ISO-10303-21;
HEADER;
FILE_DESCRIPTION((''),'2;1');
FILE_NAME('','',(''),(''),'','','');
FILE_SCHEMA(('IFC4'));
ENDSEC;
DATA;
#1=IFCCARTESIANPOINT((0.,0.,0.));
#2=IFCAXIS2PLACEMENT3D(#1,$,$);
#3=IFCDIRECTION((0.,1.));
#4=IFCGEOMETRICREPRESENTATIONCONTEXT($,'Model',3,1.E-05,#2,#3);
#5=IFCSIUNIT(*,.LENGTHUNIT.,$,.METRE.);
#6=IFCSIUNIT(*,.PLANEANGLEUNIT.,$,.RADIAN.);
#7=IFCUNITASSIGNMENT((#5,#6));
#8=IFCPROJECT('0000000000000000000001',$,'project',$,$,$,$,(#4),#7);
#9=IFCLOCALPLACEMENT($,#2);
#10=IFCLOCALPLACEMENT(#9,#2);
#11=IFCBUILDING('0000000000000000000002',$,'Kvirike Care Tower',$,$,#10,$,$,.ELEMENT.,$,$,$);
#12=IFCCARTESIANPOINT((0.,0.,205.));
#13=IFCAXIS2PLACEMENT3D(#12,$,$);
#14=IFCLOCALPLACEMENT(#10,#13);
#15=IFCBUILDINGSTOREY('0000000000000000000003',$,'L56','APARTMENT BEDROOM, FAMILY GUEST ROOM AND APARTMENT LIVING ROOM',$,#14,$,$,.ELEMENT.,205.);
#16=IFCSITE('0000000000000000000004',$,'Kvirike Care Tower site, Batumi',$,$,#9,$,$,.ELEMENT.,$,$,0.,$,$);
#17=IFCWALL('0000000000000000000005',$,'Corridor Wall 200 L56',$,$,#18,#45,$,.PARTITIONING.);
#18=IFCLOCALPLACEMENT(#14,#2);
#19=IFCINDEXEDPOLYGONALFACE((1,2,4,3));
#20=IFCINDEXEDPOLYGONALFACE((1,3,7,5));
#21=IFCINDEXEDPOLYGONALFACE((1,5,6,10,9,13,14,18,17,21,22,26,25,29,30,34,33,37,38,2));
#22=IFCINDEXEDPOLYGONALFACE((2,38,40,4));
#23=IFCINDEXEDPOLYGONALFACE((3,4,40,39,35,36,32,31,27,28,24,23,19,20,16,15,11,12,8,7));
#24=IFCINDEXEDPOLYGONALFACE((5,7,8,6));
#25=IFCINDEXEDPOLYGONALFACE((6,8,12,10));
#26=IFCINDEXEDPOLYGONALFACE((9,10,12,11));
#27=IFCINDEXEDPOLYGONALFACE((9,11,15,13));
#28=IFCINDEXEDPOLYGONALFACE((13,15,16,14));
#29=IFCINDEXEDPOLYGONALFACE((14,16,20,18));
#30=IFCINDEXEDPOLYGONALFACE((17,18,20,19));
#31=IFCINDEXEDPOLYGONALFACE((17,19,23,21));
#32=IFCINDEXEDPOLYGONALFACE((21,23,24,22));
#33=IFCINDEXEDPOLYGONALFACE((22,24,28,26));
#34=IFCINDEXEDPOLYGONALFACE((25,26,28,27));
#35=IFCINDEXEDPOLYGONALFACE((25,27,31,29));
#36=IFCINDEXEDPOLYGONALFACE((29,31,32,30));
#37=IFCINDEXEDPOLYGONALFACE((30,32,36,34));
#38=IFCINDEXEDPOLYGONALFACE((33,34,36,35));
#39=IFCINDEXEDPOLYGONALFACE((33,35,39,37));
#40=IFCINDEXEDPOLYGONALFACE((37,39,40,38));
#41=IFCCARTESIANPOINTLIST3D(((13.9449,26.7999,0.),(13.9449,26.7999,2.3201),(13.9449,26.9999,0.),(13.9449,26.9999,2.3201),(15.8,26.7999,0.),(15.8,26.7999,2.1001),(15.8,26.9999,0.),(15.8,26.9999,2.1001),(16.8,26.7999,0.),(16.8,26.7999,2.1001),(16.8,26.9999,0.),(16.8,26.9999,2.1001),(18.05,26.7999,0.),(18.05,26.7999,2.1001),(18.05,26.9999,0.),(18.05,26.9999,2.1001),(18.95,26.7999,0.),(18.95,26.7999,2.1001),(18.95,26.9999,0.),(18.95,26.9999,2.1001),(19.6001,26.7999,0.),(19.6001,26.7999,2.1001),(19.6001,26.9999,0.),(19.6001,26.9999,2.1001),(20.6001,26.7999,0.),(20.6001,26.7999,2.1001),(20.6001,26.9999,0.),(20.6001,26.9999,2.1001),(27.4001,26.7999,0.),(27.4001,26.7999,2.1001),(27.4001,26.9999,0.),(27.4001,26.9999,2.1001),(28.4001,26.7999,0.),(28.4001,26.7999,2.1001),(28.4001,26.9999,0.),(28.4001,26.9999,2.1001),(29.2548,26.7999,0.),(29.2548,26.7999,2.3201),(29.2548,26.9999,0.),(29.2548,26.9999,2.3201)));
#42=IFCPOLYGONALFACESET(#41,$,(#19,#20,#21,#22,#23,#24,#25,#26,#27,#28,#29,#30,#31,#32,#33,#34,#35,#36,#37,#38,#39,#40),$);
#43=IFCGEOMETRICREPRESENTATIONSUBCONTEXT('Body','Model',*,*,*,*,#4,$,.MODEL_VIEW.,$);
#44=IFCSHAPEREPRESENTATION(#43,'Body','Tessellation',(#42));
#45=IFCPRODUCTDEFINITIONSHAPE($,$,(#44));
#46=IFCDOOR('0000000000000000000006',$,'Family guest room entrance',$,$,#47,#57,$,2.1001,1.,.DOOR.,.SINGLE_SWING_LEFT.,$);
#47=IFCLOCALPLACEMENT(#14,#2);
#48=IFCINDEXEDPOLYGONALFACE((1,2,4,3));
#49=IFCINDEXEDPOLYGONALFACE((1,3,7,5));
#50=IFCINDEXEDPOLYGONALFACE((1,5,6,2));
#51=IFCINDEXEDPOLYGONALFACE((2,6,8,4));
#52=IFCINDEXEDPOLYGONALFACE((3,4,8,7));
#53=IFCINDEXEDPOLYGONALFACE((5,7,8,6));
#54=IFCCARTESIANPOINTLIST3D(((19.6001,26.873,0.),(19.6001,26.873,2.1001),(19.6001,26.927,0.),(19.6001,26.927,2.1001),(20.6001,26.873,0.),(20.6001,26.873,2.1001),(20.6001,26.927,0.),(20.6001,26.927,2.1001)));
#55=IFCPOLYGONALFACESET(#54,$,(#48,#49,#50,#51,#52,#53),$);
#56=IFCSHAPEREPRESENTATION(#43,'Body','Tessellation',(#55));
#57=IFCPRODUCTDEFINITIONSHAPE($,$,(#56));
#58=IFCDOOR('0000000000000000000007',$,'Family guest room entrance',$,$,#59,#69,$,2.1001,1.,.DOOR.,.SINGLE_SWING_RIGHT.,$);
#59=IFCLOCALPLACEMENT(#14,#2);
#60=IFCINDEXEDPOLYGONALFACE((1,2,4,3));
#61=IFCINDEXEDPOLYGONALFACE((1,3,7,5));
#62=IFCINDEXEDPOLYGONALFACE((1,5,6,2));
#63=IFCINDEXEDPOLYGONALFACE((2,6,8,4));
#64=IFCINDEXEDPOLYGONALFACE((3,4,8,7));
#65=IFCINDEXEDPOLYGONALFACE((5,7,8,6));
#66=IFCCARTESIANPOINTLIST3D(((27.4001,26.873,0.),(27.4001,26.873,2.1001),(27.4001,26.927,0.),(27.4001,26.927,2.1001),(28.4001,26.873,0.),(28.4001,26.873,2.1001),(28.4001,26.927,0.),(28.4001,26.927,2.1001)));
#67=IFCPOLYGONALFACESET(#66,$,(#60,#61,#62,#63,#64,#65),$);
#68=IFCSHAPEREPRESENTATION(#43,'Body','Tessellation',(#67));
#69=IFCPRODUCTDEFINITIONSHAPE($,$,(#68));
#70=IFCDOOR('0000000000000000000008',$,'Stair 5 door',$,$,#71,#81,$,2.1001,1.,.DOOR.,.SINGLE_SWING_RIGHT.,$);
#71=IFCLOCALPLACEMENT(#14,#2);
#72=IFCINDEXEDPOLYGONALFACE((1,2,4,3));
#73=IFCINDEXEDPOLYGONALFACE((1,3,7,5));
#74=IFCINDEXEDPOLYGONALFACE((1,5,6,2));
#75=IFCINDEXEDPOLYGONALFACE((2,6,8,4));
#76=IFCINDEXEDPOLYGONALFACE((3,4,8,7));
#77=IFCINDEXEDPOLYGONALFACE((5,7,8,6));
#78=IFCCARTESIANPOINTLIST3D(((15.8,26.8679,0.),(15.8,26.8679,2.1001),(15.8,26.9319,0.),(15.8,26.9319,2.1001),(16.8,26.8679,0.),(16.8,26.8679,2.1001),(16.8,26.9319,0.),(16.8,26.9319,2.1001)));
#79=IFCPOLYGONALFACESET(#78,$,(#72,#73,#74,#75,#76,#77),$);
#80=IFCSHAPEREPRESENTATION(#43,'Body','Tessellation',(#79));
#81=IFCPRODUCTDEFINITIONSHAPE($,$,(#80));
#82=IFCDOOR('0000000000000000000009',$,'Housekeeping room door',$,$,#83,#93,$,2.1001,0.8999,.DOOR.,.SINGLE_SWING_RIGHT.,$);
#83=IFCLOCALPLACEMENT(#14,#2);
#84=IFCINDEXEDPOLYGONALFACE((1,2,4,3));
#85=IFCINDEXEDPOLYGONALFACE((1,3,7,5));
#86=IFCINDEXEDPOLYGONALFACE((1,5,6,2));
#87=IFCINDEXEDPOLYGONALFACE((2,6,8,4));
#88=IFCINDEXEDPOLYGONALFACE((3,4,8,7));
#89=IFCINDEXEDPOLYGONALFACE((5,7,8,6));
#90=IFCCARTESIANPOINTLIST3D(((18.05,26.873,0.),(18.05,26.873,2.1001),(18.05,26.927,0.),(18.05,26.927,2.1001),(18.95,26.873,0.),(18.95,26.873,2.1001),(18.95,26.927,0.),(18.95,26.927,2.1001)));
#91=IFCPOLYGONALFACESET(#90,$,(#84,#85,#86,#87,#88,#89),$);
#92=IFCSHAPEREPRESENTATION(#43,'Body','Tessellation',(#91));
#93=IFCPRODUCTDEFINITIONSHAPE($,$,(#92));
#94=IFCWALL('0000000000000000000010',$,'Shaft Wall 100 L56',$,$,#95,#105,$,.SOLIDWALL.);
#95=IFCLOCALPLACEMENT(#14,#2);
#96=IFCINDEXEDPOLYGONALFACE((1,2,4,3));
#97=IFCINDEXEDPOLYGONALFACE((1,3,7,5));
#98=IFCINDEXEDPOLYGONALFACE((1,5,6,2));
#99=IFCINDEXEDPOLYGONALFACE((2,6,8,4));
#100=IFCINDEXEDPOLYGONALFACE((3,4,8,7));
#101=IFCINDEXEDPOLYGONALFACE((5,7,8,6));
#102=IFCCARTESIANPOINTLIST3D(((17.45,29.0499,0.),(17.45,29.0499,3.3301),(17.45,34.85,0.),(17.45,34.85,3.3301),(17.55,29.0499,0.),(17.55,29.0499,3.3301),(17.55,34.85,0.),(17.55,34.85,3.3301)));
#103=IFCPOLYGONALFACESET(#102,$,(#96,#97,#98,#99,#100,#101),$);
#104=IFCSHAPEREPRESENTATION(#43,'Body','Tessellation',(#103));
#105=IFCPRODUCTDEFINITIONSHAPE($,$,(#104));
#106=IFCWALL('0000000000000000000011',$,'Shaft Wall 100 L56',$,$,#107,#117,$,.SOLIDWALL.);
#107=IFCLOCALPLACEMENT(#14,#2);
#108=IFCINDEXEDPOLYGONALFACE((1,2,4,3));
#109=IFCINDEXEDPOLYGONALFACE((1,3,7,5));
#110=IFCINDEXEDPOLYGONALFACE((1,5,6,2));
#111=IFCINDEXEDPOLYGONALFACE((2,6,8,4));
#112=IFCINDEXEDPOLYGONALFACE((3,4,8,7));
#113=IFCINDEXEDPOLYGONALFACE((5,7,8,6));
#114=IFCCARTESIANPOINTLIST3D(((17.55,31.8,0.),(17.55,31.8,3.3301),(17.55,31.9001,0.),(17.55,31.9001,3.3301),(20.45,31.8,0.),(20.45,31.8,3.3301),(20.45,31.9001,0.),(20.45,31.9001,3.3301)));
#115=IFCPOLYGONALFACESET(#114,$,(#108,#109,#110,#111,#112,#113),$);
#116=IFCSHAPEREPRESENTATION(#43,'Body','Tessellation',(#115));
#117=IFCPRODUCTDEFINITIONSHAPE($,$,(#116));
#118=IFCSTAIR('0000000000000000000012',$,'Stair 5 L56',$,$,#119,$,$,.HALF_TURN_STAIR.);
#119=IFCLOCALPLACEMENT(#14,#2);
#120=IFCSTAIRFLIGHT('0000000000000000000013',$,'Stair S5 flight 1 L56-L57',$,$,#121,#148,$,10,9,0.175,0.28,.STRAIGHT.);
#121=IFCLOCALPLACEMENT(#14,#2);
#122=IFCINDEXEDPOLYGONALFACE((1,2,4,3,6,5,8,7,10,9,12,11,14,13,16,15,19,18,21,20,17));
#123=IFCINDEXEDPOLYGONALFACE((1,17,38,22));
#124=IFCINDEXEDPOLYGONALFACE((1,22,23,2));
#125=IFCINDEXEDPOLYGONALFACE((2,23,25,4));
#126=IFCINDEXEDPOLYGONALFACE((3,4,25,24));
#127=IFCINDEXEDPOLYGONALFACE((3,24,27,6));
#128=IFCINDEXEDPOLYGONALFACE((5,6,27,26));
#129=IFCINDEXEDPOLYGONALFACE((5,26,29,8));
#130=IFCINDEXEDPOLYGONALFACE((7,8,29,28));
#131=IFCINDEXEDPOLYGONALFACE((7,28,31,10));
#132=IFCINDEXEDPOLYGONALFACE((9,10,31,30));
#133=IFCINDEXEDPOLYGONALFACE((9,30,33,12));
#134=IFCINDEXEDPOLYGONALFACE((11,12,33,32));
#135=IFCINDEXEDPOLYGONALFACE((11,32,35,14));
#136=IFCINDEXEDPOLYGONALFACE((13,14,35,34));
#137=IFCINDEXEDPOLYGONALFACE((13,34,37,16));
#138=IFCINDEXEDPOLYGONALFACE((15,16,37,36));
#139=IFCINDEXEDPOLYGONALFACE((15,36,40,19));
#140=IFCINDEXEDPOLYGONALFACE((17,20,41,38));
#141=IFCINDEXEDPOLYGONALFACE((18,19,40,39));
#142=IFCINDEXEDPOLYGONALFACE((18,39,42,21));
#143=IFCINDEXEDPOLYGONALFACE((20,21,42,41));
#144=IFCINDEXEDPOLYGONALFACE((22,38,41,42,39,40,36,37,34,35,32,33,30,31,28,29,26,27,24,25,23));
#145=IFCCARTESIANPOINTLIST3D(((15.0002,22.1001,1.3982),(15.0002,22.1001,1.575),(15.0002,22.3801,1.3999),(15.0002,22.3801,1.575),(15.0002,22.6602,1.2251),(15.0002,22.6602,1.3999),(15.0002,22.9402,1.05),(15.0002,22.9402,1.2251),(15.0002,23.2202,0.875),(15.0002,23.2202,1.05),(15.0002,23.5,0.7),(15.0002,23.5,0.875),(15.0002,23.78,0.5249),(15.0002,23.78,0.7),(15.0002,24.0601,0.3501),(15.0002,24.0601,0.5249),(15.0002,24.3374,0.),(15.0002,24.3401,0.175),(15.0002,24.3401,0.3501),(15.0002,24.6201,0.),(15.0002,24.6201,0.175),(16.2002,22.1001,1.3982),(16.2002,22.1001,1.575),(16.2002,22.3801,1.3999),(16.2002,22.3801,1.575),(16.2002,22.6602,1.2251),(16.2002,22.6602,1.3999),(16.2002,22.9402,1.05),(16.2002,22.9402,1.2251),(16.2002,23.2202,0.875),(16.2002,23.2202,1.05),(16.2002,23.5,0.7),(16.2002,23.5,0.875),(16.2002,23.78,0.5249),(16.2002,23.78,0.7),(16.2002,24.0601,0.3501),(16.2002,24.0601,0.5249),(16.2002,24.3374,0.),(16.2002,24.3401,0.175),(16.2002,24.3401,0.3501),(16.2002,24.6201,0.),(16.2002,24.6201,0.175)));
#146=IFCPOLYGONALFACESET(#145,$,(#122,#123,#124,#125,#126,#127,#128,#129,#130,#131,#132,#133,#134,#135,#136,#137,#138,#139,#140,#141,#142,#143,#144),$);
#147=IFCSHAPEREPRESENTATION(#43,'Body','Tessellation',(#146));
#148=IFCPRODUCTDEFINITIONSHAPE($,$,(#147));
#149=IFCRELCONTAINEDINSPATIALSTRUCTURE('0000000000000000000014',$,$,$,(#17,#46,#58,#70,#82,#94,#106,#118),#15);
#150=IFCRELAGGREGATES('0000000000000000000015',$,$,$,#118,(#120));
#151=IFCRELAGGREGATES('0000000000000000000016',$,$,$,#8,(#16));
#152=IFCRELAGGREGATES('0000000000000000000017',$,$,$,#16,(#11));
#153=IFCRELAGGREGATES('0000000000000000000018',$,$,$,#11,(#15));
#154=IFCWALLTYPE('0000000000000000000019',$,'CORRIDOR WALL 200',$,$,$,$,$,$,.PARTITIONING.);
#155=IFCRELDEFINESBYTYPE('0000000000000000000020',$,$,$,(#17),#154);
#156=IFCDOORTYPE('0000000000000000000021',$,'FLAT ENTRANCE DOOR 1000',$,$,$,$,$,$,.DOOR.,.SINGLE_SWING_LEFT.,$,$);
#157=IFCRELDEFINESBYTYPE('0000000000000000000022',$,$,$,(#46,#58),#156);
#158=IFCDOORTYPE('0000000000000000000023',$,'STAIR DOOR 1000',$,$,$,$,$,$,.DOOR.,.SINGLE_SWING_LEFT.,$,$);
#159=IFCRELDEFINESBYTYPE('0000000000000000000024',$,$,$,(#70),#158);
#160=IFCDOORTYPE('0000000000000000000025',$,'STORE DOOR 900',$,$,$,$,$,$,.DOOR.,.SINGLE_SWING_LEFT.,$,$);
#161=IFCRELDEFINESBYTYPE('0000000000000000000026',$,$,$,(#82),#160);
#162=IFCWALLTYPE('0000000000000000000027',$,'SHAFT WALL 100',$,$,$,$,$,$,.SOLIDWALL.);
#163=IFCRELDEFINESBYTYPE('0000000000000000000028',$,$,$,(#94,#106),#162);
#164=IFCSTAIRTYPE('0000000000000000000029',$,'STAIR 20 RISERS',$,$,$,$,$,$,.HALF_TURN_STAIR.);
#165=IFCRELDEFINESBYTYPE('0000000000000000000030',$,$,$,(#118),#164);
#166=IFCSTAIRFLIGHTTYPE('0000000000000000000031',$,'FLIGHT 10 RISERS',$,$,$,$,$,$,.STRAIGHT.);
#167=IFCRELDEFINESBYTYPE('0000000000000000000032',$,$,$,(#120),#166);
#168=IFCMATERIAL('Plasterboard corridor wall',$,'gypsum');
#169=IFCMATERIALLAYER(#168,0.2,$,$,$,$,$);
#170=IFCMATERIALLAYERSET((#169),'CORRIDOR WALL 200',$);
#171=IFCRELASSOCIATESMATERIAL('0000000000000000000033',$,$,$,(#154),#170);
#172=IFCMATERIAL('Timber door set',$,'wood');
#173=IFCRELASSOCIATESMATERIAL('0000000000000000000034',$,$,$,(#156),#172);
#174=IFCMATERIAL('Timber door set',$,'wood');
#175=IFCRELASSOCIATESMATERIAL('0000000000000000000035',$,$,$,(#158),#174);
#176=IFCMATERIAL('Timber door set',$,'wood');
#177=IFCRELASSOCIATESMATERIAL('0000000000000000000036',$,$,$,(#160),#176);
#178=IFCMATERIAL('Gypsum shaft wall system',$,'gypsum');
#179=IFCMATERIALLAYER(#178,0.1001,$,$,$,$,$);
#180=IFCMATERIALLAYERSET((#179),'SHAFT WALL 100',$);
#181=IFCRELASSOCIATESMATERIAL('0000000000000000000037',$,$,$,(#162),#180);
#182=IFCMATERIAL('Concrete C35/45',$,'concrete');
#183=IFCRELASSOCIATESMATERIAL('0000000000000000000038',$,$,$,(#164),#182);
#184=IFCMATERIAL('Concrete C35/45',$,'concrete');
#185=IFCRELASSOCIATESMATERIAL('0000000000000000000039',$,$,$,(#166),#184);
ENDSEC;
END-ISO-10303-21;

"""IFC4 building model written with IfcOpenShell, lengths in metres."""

from ifc_helpers import new_model, si_unit, direction, frame, frame_2d, origin, place, context, subcontext, project, spatial, polyline, rectangle, outline, extrude, material, layer, layer_set, type_object, element, fill, aggregate, save


model = new_model("IFC4")

# Units and contexts
model_context = context("Model", 3, precision=1e-05, world=origin(), true_north=direction((0.0, 1.0)))
body_context = subcontext(model_context, "Body", "Model", "MODEL_VIEW")
ifc_project = project(units=[si_unit("LENGTHUNIT", "METRE"), si_unit("PLANEANGLEUNIT", "RADIAN")], contexts=[model_context])

# Site, building, storey
site_placement = place(None, origin())
site = spatial("IfcSite", under=ifc_project, at=site_placement, Name="Kvirike Care Tower site, Batumi", CompositionType="ELEMENT", RefElevation=0.0)
building_placement = place(site_placement, origin())
building = spatial("IfcBuilding", under=site, at=building_placement, Name="Kvirike Care Tower", CompositionType="ELEMENT")
storey_placement = place(building_placement, frame((0.0, 0.0, 205.0)))
storey = spatial("IfcBuildingStorey", under=building, at=storey_placement, Name="L56", Description="APARTMENT BEDROOM, FAMILY GUEST ROOM AND APARTMENT LIVING ROOM", CompositionType="ELEMENT", Elevation=205.0)

# Wall, openings, doors
ifc_material_1 = material(Name="Plasterboard corridor wall", Category="gypsum")
ifc_layer_1 = layer(ifc_material_1, 0.2)
ifc_layer_set_1 = layer_set([ifc_layer_1], Name="CORRIDOR WALL 200")
wall_type_1 = type_object("IfcWallType", Name="CORRIDOR WALL 200", PredefinedType="PARTITIONING", material=ifc_layer_set_1)
wall_1_placement = place(storey_placement, frame((13.9451, 26.8999, 0.0), z_axis=(0.0, 0.0, 1.0), x_axis=(1.0, 0.0, 0.0)))
wall_1 = element("IfcWall", 1, at=wall_1_placement, inside=storey, type_object=wall_type_1, Name="Corridor Wall 200 L56", PredefinedType="PARTITIONING", context=body_context, shape_type="SweptSolid", body=[
    extrude(rectangle(XDim=15.3098, YDim=0.2, at=frame_2d((7.6548, 0.0))), origin(), (0.0, 0.0, 1.0), 2.3201),
])
opening_1_placement = place(wall_1_placement, frame((1.855, 0.0, 0.0)))
opening_1 = element("IfcOpeningElement", 2, at=opening_1_placement, cuts=wall_1, PredefinedType="OPENING", context=body_context, shape_type="SweptSolid", body=[
    extrude(rectangle(XDim=1.0, YDim=2.1001, at=frame_2d((0.5, 1.05))), frame((0.0, 0.1106, 0.0), z_axis=(0.0, -1.0, 0.0), x_axis=(1.0, 0.0, 0.0)), (0.0, 0.0, 1.0), 0.2209),
])
opening_2_placement = place(wall_1_placement, frame((4.105, 0.0, 0.0)))
opening_2 = element("IfcOpeningElement", 3, at=opening_2_placement, cuts=wall_1, PredefinedType="OPENING", context=body_context, shape_type="SweptSolid", body=[
    extrude(rectangle(XDim=0.8999, YDim=2.1001, at=frame_2d((0.45, 1.05))), frame((0.0, 0.1106, 0.0), z_axis=(0.0, -1.0, 0.0), x_axis=(1.0, 0.0, 0.0)), (0.0, 0.0, 1.0), 0.2209),
])
opening_3_placement = place(wall_1_placement, frame((5.655, 0.0, 0.0)))
opening_3 = element("IfcOpeningElement", 4, at=opening_3_placement, cuts=wall_1, PredefinedType="OPENING", context=body_context, shape_type="SweptSolid", body=[
    extrude(rectangle(XDim=1.0, YDim=2.1001, at=frame_2d((0.5, 1.05))), frame((0.0, 0.1106, 0.0), z_axis=(0.0, -1.0, 0.0), x_axis=(1.0, 0.0, 0.0)), (0.0, 0.0, 1.0), 0.2209),
])
opening_4_placement = place(wall_1_placement, frame((13.4551, 0.0, 0.0)))
opening_4 = element("IfcOpeningElement", 5, at=opening_4_placement, cuts=wall_1, PredefinedType="OPENING", context=body_context, shape_type="SweptSolid", body=[
    extrude(rectangle(XDim=1.0, YDim=2.1001, at=frame_2d((0.5, 1.05))), frame((0.0, 0.1106, 0.0), z_axis=(0.0, -1.0, 0.0), x_axis=(1.0, 0.0, 0.0)), (0.0, 0.0, 1.0), 0.2209),
])
ifc_material_2 = material(Name="Timber door set", Category="wood")
door_type_1 = type_object("IfcDoorType", Name="FLAT ENTRANCE DOOR 1000", OperationType="SINGLE_SWING_LEFT", PredefinedType="DOOR", material=ifc_material_2)
door_1_placement = place(opening_3_placement, frame((1.0, 0.0, 0.0), z_axis=(0.0, 0.0, 1.0), x_axis=(-1.0, 0.0, 0.0)))
door_1 = element("IfcDoor", 6, at=door_1_placement, inside=storey, type_object=door_type_1, Name="Family guest room entrance", OperationType="SINGLE_SWING_LEFT", OverallHeight=2.1001, OverallWidth=1.0, PredefinedType="DOOR", context=body_context, shape_type="SweptSolid", body=[
    extrude(rectangle(XDim=1.0, YDim=2.1001, at=frame_2d((0.5, 1.05))), frame((0.0, 0.0269, 0.0), z_axis=(0.0, -1.0, 0.0), x_axis=(1.0, 0.0, 0.0)), (0.0, 0.0, 1.0), 0.054),
])
fill(opening_3, door_1)
door_2_placement = place(opening_4_placement, frame((1.0, 0.0, 0.0), z_axis=(0.0, 0.0, 1.0), x_axis=(-1.0, 0.0, 0.0)))
door_2 = element("IfcDoor", 7, at=door_2_placement, inside=storey, type_object=door_type_1, Name="Family guest room entrance", OperationType="SINGLE_SWING_RIGHT", OverallHeight=2.1001, OverallWidth=1.0, PredefinedType="DOOR", context=body_context, shape_type="SweptSolid", body=[
    extrude(rectangle(XDim=1.0, YDim=2.1001, at=frame_2d((0.5, 1.05))), frame((0.0, 0.0269, 0.0), z_axis=(0.0, -1.0, 0.0), x_axis=(1.0, 0.0, 0.0)), (0.0, 0.0, 1.0), 0.054),
])
fill(opening_4, door_2)
ifc_material_3 = material(Name="Timber door set", Category="wood")
door_type_2 = type_object("IfcDoorType", Name="STAIR DOOR 1000", OperationType="SINGLE_SWING_LEFT", PredefinedType="DOOR", material=ifc_material_3)
door_3_placement = place(opening_1_placement, frame((1.0, 0.0, 0.0), z_axis=(0.0, 0.0, 1.0), x_axis=(-1.0, 0.0, 0.0)))
door_3 = element("IfcDoor", 8, at=door_3_placement, inside=storey, type_object=door_type_2, Name="Stair 5 door", OperationType="SINGLE_SWING_RIGHT", OverallHeight=2.1001, OverallWidth=1.0, PredefinedType="DOOR", context=body_context, shape_type="SweptSolid", body=[
    extrude(rectangle(XDim=1.0, YDim=2.1001, at=frame_2d((0.5, 1.05))), frame((0.0, 0.032, 0.0), z_axis=(0.0, -1.0, 0.0), x_axis=(1.0, 0.0, 0.0)), (0.0, 0.0, 1.0), 0.064),
])
fill(opening_1, door_3)
ifc_material_4 = material(Name="Timber door set", Category="wood")
door_type_3 = type_object("IfcDoorType", Name="STORE DOOR 900", OperationType="SINGLE_SWING_LEFT", PredefinedType="DOOR", material=ifc_material_4)
door_4_placement = place(opening_2_placement, frame((0.8999, 0.0, 0.0), z_axis=(0.0, 0.0, 1.0), x_axis=(-1.0, 0.0, 0.0)))
door_4 = element("IfcDoor", 9, at=door_4_placement, inside=storey, type_object=door_type_3, Name="Housekeeping room door", OperationType="SINGLE_SWING_RIGHT", OverallHeight=2.1001, OverallWidth=0.8999, PredefinedType="DOOR", context=body_context, shape_type="SweptSolid", body=[
    extrude(rectangle(XDim=0.8999, YDim=2.1001, at=frame_2d((0.45, 1.05))), frame((0.0, 0.0269, 0.0), z_axis=(0.0, -1.0, 0.0), x_axis=(1.0, 0.0, 0.0)), (0.0, 0.0, 1.0), 0.054),
])
fill(opening_2, door_4)

# Walls
ifc_material_5 = material(Name="Gypsum shaft wall system", Category="gypsum")
ifc_layer_2 = layer(ifc_material_5, 0.1001)
ifc_layer_set_2 = layer_set([ifc_layer_2], Name="SHAFT WALL 100")
wall_type_2 = type_object("IfcWallType", Name="SHAFT WALL 100", PredefinedType="SOLIDWALL", material=ifc_layer_set_2)
wall_2_placement = place(storey_placement, frame((17.5, 29.05, 0.0), z_axis=(0.0, 0.0, 1.0), x_axis=(0.0, 1.0, 0.0)))
element("IfcWall", 10, at=wall_2_placement, inside=storey, type_object=wall_type_2, Name="Shaft Wall 100 L56", PredefinedType="SOLIDWALL", context=body_context, shape_type="SweptSolid", body=[
    extrude(rectangle(XDim=5.8, YDim=0.1001, at=frame_2d((2.8999, 0.0))), origin(), (0.0, 0.0, 1.0), 3.3301),
])
wall_3_placement = place(storey_placement, frame((17.55, 31.8501, 0.0), z_axis=(0.0, 0.0, 1.0), x_axis=(1.0, 0.0, 0.0)))
element("IfcWall", 11, at=wall_3_placement, inside=storey, type_object=wall_type_2, Name="Shaft Wall 100 L56", PredefinedType="SOLIDWALL", context=body_context, shape_type="SweptSolid", body=[
    extrude(rectangle(XDim=2.8999, YDim=0.1001, at=frame_2d((1.45, 0.0))), origin(), (0.0, 0.0, 1.0), 3.3301),
])

# Stair, stair flight
ifc_material_6 = material(Name="Concrete C35/45", Category="concrete")
stair_type = type_object("IfcStairType", Name="STAIR 20 RISERS", PredefinedType="HALF_TURN_STAIR", material=ifc_material_6)
stair_placement = place(storey_placement, origin())
stair = element("IfcStair", 12, at=stair_placement, inside=storey, type_object=stair_type, Name="Stair 5 L56", PredefinedType="HALF_TURN_STAIR")
ifc_material_7 = material(Name="Concrete C35/45", Category="concrete")
stair_flight_type = type_object("IfcStairFlightType", Name="FLIGHT 10 RISERS", PredefinedType="STRAIGHT", material=ifc_material_7)
stair_flight_placement = place(storey_placement, frame((15.6001, 24.6201, 0.0), z_axis=(0.0, 0.0, 1.0), x_axis=(0.0, -1.0, 0.0)))
stair_flight = element("IfcStairFlight", 13, at=stair_flight_placement, type_object=stair_flight_type, Name="Stair S5 flight 1 L56-L57", NumberOfRisers=10, NumberOfTreads=9, PredefinedType="STRAIGHT", RiserHeight=0.175, TreadLength=0.28, context=body_context, shape_type="SweptSolid", body=[
    extrude(outline(polyline([(0.0, 0.0), (0.0, 0.175), (0.28, 0.175), (0.28, 0.3501), (0.5601, 0.3501), (0.5601, 0.5249), (0.8401, 0.5249), (0.8401, 0.7), (1.1201, 0.7), (1.1201, 0.875), (1.3999, 0.875), (1.3999, 1.05), (1.6799, 1.05), (1.6799, 1.2251), (1.96, 1.2251), (1.96, 1.3999), (2.24, 1.3999), (2.24, 1.575), (2.52, 1.575), (2.52, 1.75), (2.52, 1.3982), (0.2827, 0.0), (0.0, 0.0)])), frame((0.0, 0.6001, 0.0), z_axis=(0.0, -1.0, 0.0), x_axis=(1.0, 0.0, 0.0)), (0.0, 0.0, 1.0), 1.2),
])
aggregate(stair, [stair_flight])

save(model, "model.ifc")
